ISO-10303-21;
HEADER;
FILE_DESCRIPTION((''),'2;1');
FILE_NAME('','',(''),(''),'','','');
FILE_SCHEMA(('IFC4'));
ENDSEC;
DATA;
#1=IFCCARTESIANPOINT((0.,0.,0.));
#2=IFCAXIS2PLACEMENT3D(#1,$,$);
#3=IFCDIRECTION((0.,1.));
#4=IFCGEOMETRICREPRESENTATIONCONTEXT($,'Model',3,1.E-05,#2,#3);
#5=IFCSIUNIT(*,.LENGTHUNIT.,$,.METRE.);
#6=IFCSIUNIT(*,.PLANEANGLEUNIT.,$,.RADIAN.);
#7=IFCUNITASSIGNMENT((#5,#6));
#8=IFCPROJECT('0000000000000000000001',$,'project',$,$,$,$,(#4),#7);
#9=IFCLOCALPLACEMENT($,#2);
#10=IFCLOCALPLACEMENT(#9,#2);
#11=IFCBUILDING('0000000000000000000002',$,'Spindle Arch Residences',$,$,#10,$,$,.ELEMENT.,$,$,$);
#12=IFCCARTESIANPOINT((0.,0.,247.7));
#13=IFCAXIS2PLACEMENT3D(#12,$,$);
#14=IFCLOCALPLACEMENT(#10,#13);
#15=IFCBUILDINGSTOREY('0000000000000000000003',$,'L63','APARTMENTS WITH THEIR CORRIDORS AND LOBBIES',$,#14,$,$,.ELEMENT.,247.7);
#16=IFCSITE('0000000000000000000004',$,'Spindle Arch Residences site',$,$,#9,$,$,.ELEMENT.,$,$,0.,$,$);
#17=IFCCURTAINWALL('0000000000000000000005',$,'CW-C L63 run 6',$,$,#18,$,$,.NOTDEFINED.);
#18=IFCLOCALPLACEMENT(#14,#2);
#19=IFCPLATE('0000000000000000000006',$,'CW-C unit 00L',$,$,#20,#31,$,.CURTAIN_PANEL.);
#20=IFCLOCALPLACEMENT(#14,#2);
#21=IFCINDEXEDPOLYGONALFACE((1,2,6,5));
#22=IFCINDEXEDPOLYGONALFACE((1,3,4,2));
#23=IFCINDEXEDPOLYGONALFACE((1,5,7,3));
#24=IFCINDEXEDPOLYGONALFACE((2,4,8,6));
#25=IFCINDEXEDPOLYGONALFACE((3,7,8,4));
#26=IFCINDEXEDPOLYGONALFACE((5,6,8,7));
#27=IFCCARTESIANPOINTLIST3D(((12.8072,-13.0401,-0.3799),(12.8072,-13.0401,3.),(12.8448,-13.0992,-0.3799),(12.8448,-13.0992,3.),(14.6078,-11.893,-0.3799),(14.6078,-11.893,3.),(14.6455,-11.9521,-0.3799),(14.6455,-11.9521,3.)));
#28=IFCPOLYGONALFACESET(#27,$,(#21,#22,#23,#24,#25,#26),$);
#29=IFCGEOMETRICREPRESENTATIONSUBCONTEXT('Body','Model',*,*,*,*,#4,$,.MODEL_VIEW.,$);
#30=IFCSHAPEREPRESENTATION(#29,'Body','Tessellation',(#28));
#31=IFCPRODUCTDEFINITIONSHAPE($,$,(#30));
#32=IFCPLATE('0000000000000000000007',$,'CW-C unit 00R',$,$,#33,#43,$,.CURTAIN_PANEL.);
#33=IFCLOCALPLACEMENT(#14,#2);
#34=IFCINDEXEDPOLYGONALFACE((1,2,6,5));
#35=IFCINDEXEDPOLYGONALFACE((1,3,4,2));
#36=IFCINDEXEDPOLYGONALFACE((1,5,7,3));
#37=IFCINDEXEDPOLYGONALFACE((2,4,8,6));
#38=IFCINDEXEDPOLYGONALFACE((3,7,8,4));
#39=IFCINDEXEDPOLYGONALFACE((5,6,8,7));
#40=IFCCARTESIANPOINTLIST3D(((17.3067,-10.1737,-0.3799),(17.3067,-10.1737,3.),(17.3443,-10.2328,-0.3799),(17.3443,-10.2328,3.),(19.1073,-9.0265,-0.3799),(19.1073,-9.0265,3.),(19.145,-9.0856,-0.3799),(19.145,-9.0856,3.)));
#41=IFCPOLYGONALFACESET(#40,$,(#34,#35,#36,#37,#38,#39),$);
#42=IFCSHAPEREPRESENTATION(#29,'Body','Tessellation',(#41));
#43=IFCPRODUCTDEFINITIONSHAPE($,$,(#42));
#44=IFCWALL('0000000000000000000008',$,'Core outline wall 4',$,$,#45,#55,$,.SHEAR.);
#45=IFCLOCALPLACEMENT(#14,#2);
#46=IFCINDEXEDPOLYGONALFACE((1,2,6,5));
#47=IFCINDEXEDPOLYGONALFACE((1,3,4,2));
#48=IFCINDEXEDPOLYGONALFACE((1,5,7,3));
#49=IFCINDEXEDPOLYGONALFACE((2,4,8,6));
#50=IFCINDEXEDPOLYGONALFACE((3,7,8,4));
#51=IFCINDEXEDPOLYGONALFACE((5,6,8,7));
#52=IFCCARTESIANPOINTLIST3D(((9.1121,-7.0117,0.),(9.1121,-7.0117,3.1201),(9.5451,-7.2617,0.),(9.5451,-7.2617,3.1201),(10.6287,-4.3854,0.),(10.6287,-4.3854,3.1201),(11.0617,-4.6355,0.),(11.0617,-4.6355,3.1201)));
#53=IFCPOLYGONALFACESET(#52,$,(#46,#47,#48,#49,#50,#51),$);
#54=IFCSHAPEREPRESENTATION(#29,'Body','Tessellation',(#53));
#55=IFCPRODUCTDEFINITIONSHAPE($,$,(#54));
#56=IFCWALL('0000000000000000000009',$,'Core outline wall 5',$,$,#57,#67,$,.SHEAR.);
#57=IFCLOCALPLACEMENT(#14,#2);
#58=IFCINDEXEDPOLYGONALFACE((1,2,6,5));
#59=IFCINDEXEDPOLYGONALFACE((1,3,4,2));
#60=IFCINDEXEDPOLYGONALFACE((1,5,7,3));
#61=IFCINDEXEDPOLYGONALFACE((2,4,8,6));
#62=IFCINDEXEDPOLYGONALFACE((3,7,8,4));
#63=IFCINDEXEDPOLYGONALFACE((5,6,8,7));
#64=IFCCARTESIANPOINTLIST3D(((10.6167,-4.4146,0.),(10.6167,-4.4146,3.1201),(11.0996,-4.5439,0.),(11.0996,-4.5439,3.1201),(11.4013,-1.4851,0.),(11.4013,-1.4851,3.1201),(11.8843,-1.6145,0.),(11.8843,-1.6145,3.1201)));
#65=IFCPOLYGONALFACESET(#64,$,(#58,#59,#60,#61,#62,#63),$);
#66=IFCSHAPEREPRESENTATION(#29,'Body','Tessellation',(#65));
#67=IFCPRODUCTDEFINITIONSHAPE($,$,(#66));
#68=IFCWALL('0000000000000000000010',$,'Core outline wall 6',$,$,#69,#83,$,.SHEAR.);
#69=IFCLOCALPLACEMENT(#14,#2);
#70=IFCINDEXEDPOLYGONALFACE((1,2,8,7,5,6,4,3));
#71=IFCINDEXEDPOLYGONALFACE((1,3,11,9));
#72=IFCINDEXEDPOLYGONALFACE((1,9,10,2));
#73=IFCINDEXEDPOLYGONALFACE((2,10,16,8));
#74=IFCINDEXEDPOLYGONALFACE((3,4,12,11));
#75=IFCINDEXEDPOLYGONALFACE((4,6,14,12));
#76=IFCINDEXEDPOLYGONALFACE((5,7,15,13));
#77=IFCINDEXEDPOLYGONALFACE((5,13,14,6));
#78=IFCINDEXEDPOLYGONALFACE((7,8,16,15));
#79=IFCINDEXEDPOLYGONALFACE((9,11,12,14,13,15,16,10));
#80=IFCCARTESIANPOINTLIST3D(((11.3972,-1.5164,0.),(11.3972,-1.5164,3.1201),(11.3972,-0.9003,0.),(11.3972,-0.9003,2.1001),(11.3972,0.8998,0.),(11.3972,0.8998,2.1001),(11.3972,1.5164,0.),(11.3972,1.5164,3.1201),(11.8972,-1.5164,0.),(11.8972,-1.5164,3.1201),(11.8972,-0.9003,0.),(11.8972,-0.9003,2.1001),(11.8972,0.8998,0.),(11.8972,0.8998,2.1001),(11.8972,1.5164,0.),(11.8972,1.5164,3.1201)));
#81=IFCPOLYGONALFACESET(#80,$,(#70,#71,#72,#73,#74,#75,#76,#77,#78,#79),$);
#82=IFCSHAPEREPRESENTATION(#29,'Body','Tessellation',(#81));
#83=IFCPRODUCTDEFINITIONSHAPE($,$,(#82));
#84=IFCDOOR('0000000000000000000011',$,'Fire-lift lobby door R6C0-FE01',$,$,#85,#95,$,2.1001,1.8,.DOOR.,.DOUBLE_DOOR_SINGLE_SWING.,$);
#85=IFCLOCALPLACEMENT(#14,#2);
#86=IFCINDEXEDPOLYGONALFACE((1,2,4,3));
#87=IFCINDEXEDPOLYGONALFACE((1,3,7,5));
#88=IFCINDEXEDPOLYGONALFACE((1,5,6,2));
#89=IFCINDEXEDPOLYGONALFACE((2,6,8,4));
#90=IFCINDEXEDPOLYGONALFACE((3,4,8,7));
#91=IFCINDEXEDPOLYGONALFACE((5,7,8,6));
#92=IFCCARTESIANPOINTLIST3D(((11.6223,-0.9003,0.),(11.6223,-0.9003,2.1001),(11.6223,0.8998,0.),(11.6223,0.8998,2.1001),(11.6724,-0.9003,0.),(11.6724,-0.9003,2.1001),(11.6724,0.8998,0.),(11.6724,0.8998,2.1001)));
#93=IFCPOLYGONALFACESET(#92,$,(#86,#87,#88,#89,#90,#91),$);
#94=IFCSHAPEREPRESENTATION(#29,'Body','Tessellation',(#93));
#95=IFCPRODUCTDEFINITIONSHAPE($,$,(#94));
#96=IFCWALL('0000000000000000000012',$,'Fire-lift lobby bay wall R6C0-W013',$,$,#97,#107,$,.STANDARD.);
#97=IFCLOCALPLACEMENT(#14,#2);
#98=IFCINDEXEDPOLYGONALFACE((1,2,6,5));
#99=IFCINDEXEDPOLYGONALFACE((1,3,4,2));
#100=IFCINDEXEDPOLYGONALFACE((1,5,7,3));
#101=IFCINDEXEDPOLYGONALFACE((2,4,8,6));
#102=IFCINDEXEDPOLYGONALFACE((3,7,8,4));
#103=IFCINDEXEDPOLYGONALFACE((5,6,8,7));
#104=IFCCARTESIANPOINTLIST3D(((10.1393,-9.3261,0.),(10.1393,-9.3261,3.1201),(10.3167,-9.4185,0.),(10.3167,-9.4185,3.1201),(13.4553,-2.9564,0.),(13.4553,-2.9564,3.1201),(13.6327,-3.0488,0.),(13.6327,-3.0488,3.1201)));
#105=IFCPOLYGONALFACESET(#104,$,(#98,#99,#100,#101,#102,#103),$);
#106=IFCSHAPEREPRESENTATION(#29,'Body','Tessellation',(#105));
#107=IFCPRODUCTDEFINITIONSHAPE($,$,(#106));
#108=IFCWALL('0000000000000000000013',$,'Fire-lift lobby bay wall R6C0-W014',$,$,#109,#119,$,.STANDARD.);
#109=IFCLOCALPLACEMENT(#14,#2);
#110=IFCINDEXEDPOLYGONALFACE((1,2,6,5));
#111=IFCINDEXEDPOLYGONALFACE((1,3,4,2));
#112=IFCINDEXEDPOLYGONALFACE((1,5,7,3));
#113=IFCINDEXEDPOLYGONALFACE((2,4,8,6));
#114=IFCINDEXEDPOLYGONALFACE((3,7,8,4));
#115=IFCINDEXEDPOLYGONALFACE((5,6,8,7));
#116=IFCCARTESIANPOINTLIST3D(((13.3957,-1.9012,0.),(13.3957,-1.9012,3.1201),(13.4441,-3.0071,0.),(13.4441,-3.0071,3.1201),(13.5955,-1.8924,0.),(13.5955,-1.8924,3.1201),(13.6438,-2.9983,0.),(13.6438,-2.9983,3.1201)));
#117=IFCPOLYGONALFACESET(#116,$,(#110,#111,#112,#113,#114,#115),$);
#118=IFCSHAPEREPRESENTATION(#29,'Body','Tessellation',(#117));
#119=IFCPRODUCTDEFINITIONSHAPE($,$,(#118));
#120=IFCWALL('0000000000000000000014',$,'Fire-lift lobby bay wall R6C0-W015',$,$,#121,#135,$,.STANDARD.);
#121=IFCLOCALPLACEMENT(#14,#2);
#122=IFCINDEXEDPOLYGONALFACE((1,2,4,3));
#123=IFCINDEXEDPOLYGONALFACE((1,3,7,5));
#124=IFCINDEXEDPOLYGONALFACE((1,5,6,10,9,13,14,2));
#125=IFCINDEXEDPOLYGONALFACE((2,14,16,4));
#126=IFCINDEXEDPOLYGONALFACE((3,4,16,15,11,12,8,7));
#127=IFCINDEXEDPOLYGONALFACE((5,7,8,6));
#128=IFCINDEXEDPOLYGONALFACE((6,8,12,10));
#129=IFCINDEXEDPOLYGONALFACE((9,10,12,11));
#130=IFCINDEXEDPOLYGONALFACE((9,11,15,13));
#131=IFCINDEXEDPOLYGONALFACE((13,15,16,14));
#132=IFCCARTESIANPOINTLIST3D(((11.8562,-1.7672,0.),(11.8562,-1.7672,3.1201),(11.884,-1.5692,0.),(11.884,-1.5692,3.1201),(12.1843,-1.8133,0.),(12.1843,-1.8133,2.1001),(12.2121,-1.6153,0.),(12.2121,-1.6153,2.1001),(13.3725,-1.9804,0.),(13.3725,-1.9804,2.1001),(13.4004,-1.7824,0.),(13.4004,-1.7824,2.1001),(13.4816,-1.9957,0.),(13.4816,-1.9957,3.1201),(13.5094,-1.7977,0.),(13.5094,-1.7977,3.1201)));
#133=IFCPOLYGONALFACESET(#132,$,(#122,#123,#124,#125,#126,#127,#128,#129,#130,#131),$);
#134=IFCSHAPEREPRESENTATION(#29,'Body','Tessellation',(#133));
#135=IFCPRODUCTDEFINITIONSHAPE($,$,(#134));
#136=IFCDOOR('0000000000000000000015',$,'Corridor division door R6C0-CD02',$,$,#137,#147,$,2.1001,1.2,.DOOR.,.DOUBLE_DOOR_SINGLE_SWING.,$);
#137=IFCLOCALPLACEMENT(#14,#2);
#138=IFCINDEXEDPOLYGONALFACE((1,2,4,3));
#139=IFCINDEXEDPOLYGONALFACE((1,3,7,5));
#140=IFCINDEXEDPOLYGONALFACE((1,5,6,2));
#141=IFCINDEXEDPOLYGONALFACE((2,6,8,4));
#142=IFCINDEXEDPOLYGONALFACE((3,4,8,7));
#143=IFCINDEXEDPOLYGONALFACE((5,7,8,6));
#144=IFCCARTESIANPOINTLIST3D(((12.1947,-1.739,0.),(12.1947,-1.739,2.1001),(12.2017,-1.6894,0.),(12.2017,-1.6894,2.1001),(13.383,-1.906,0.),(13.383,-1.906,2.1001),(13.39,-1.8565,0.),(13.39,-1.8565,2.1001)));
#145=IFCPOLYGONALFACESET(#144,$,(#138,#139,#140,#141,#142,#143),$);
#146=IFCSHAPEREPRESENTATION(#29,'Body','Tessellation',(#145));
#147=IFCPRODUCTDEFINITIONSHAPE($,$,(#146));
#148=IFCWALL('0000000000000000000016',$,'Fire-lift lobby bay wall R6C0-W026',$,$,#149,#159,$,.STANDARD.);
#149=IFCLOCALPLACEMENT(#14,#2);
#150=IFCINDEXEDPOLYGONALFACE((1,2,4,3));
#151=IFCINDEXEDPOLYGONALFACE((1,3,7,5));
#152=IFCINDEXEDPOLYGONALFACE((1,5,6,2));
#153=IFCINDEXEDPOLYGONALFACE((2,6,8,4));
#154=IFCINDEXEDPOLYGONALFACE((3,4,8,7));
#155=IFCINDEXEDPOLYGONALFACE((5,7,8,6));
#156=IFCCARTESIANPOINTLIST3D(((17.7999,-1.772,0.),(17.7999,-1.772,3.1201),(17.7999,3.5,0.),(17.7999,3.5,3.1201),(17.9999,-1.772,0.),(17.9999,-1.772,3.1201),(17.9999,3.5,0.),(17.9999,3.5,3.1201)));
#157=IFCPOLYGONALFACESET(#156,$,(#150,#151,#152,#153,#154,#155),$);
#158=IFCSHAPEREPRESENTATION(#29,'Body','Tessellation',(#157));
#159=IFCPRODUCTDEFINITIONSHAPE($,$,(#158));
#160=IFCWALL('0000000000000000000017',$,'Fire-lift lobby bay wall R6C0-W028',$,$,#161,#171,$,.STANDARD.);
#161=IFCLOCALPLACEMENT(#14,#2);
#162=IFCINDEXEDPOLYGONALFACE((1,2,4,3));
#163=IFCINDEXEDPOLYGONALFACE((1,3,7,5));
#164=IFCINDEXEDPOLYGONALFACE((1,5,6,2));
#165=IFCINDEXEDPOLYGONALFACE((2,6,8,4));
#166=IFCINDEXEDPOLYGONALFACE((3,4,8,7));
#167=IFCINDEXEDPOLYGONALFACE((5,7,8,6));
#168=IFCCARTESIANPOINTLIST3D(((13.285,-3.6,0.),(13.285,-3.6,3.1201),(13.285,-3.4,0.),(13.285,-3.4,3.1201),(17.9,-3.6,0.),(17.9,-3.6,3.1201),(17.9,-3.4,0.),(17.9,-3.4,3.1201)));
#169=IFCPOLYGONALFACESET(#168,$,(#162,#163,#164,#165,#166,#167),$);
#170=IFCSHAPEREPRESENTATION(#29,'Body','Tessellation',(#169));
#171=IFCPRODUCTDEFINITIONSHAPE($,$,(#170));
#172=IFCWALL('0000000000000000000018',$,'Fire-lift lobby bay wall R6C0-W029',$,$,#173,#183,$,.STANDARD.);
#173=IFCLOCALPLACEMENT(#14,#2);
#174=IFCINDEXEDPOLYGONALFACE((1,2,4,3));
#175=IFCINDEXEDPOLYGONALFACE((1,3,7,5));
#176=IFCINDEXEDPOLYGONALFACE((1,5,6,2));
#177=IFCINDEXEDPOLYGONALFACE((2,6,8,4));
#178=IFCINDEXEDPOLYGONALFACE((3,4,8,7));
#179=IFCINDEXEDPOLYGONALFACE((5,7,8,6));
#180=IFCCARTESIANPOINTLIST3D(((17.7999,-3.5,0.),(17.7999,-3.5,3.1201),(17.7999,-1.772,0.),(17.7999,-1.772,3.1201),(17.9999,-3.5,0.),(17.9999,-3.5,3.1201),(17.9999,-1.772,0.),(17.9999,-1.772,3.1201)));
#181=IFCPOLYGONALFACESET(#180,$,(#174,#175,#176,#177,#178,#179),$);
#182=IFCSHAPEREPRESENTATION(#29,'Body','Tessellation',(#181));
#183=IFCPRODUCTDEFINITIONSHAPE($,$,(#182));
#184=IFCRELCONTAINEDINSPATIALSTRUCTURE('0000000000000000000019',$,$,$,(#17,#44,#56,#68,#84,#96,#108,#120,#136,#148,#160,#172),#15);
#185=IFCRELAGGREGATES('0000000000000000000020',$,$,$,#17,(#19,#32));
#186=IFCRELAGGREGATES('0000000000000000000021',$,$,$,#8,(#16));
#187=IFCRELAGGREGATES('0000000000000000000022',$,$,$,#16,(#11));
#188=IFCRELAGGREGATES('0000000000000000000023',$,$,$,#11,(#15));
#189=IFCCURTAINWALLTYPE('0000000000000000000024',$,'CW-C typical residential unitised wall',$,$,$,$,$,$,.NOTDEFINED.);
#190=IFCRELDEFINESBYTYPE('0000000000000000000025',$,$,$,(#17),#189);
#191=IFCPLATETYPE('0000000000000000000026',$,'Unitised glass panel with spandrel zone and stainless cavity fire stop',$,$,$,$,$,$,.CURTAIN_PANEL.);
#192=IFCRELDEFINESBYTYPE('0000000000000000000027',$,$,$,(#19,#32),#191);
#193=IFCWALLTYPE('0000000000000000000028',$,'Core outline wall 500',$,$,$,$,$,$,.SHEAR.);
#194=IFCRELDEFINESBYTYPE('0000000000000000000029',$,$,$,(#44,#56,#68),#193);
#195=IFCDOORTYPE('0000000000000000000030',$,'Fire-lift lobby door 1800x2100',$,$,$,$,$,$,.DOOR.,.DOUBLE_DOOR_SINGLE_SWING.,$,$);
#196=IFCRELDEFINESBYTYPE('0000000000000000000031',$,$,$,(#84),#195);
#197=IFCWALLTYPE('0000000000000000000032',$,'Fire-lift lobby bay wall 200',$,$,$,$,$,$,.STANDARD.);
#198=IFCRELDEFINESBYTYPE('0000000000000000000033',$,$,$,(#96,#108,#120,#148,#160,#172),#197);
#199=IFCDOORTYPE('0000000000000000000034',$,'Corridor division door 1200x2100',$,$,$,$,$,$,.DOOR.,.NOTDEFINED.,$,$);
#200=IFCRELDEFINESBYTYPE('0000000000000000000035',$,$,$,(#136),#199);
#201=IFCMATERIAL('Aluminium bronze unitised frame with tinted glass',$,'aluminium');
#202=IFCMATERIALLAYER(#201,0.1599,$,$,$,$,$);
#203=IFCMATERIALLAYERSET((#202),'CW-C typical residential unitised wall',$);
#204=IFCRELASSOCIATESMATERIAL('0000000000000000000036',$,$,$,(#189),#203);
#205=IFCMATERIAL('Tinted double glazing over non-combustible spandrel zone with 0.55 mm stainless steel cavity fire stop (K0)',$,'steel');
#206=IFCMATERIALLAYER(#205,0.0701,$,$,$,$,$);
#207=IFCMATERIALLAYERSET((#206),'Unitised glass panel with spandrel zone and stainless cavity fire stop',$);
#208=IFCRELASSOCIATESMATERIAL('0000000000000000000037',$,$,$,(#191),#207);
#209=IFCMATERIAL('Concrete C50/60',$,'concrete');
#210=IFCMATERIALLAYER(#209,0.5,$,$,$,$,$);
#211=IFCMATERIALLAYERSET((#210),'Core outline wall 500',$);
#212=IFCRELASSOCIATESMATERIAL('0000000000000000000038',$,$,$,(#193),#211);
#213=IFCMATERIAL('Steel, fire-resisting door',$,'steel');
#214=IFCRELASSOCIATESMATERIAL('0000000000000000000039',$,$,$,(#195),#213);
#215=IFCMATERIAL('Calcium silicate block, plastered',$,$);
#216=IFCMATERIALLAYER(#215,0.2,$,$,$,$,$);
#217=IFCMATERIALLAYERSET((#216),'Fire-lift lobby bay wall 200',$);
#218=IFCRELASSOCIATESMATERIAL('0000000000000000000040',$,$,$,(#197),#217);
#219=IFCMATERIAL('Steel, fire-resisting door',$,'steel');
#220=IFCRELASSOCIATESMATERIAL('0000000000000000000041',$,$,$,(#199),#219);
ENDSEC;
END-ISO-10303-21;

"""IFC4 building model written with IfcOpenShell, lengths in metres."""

from ifc_helpers import new_model, si_unit, direction, frame, frame_2d, origin, origin_2d, place, context, subcontext, project, spatial, rectangle, extrude, material, layer, layer_set, type_object, element, fill, aggregate, save


model = new_model("IFC4")

# Units and contexts
model_context = context("Model", 3, precision=1e-05, world=origin(), true_north=direction((0.0, 1.0)))
body_context = subcontext(model_context, "Body", "Model", "MODEL_VIEW")
ifc_project = project(units=[si_unit("LENGTHUNIT", "METRE"), si_unit("PLANEANGLEUNIT", "RADIAN")], contexts=[model_context])

# Site, building, storey
site_placement = place(None, origin())
site = spatial("IfcSite", under=ifc_project, at=site_placement, Name="Spindle Arch Residences site", CompositionType="ELEMENT", RefElevation=0.0)
building_placement = place(site_placement, origin())
building = spatial("IfcBuilding", under=site, at=building_placement, Name="Spindle Arch Residences", CompositionType="ELEMENT")
storey_placement = place(building_placement, frame((0.0, 0.0, 247.7)))
storey = spatial("IfcBuildingStorey", under=building, at=storey_placement, Name="L63", Description="APARTMENTS WITH THEIR CORRIDORS AND LOBBIES", CompositionType="ELEMENT", Elevation=247.7)

# Curtain wall
ifc_material_1 = material(Name="Aluminium bronze unitised frame with tinted glass", Category="aluminium")
ifc_layer_1 = layer(ifc_material_1, 0.1599)
ifc_layer_set_1 = layer_set([ifc_layer_1], Name="CW-C typical residential unitised wall")
curtain_wall_type = type_object("IfcCurtainWallType", Name="CW-C typical residential unitised wall", PredefinedType="NOTDEFINED", material=ifc_layer_set_1)
curtain_wall_placement = place(storey_placement, origin())
curtain_wall = element("IfcCurtainWall", 1, at=curtain_wall_placement, inside=storey, type_object=curtain_wall_type, Name="CW-C L63 run 6", PredefinedType="NOTDEFINED")

# Plates
ifc_material_2 = material(Name="Tinted double glazing over non-combustible spandrel zone with 0.55 mm stainless steel cavity fire stop (K0)", Category="steel")
ifc_layer_2 = layer(ifc_material_2, 0.0701)
ifc_layer_set_2 = layer_set([ifc_layer_2], Name="Unitised glass panel with spandrel zone and stainless cavity fire stop")
plate_type = type_object("IfcPlateType", Name="Unitised glass panel with spandrel zone and stainless cavity fire stop", PredefinedType="CURTAIN_PANEL", material=ifc_layer_set_2)
plate_1_placement = place(storey_placement, frame((13.7263, -12.4961, -0.3799), z_axis=(0.0, 0.0, 1.0), x_axis=(0.843391, 0.5373, 0.0)))
plate_1 = element("IfcPlate", 2, at=plate_1_placement, type_object=plate_type, Name="CW-C unit 00L", PredefinedType="CURTAIN_PANEL", context=body_context, shape_type="SweptSolid", body=[
    extrude(rectangle(XDim=2.135, YDim=0.0701, at=origin_2d()), origin(), (0.0, 0.0, 1.0), 3.3799),
])
plate_2_placement = place(storey_placement, frame((18.2258, -9.6296, -0.3799), z_axis=(0.0, 0.0, 1.0), x_axis=(0.843391, 0.5373, 0.0)))
plate_2 = element("IfcPlate", 3, at=plate_2_placement, type_object=plate_type, Name="CW-C unit 00R", PredefinedType="CURTAIN_PANEL", context=body_context, shape_type="SweptSolid", body=[
    extrude(rectangle(XDim=2.135, YDim=0.0701, at=origin_2d()), origin(), (0.0, 0.0, 1.0), 3.3799),
])
aggregate(curtain_wall, [plate_1, plate_2])

# Walls
ifc_material_3 = material(Name="Concrete C50/60", Category="concrete")
ifc_layer_3 = layer(ifc_material_3, 0.5)
ifc_layer_set_3 = layer_set([ifc_layer_3], Name="Core outline wall 500")
wall_type_1 = type_object("IfcWallType", Name="Core outline wall 500", PredefinedType="SHEAR", material=ifc_layer_set_3)
for number, where, z_axis, x_axis, name in (
    (4, (9.3286, -7.1367, 0.0), (0.0, 0.0, 1.0), (0.500087, 0.865975, 0.0), "Core outline wall 4"),
    (5, (10.8582, -4.4792, 0.0), (0.0, 0.0, 1.0), (0.258735, 0.965948, 0.0), "Core outline wall 5"),
):
    element("IfcWall", number, at=place(storey_placement, frame(where, z_axis=z_axis, x_axis=x_axis)), inside=storey, type_object=wall_type_1, Name=name, PredefinedType="SHEAR", context=body_context, shape_type="SweptSolid", body=[
        extrude(rectangle(XDim=3.0327, YDim=0.5, at=frame_2d((1.5164, 0.0))), origin(), (0.0, 0.0, 1.0), 3.1201),
    ])

# Wall, opening, door
wall_1_placement = place(storey_placement, frame((11.6472, -1.5164, 0.0), z_axis=(0.0, 0.0, 1.0), x_axis=(0.0, 1.0, 0.0)))
wall_1 = element("IfcWall", 6, at=wall_1_placement, inside=storey, type_object=wall_type_1, Name="Core outline wall 6", PredefinedType="SHEAR", context=body_context, shape_type="SweptSolid", body=[
    extrude(rectangle(XDim=3.0327, YDim=0.5, at=frame_2d((1.5164, 0.0))), origin(), (0.0, 0.0, 1.0), 3.1201),
])
opening_1_placement = place(wall_1_placement, frame((0.6162, 0.0, 0.0)))
opening_1 = element("IfcOpeningElement", 7, at=opening_1_placement, cuts=wall_1, PredefinedType="OPENING", context=body_context, shape_type="SweptSolid", body=[
    extrude(rectangle(XDim=1.8, YDim=2.1001, at=frame_2d((0.8999, 1.05))), frame((0.0, 0.26, 0.0), z_axis=(0.0, -1.0, 0.0), x_axis=(1.0, 0.0, 0.0)), (0.0, 0.0, 1.0), 0.52),
])
ifc_material_4 = material(Name="Steel, fire-resisting door", Category="steel")
door_type_1 = type_object("IfcDoorType", Name="Fire-lift lobby door 1800x2100", OperationType="DOUBLE_DOOR_SINGLE_SWING", PredefinedType="DOOR", material=ifc_material_4)
door_1_placement = place(opening_1_placement, origin())
door_1 = element("IfcDoor", 8, at=door_1_placement, inside=storey, type_object=door_type_1, Name="Fire-lift lobby door R6C0-FE01", OperationType="DOUBLE_DOOR_SINGLE_SWING", OverallHeight=2.1001, OverallWidth=1.8, PredefinedType="DOOR", context=body_context, shape_type="SweptSolid", body=[
    extrude(rectangle(XDim=1.8, YDim=2.1001, at=frame_2d((0.8999, 1.05))), frame((0.0, 0.0249, 0.0), z_axis=(0.0, -1.0, 0.0), x_axis=(1.0, 0.0, 0.0)), (0.0, 0.0, 1.0), 0.05),
])
fill(opening_1, door_1)

# Walls
ifc_material_5 = material(Name="Calcium silicate block, plastered")
ifc_layer_4 = layer(ifc_material_5, 0.2)
ifc_layer_set_4 = layer_set([ifc_layer_4], Name="Fire-lift lobby bay wall 200")
wall_type_2 = type_object("IfcWallType", Name="Fire-lift lobby bay wall 200", PredefinedType="STANDARD", material=ifc_layer_set_4)
wall_2_placement = place(storey_placement, frame((10.228, -9.3723, 0.0), z_axis=(0.0, 0.0, 1.0), x_axis=(0.461759, 0.887005, 0.0)))
element("IfcWall", 9, at=wall_2_placement, inside=storey, type_object=wall_type_2, Name="Fire-lift lobby bay wall R6C0-W013", PredefinedType="STANDARD", context=body_context, shape_type="SweptSolid", body=[
    extrude(rectangle(XDim=7.1812, YDim=0.2, at=frame_2d((3.5906, 0.0))), origin(), (0.0, 0.0, 1.0), 3.1201),
])
wall_3_placement = place(storey_placement, frame((13.5439, -3.0027, 0.0), z_axis=(0.0, 0.0, 1.0), x_axis=(-0.043667, 0.999046, 0.0)))
element("IfcWall", 10, at=wall_3_placement, inside=storey, type_object=wall_type_2, Name="Fire-lift lobby bay wall R6C0-W014", PredefinedType="STANDARD", context=body_context, shape_type="SweptSolid", body=[
    extrude(rectangle(XDim=1.1069, YDim=0.2, at=frame_2d((0.5535, 0.0))), origin(), (0.0, 0.0, 1.0), 3.1201),
])

# Wall, opening, door
wall_4_placement = place(storey_placement, frame((13.4956, -1.8967, 0.0), z_axis=(0.0, 0.0, 1.0), x_axis=(-0.990262, 0.139214, 0.0)))
wall_4 = element("IfcWall", 11, at=wall_4_placement, inside=storey, type_object=wall_type_2, Name="Fire-lift lobby bay wall R6C0-W015", PredefinedType="STANDARD", context=body_context, shape_type="SweptSolid", body=[
    extrude(rectangle(XDim=1.6414, YDim=0.2, at=frame_2d((0.8208, 0.0))), origin(), (0.0, 0.0, 1.0), 3.1201),
])
opening_2_placement = place(wall_4_placement, frame((0.1101, 0.0, 0.0)))
opening_2 = element("IfcOpeningElement", 12, at=opening_2_placement, cuts=wall_4, PredefinedType="OPENING", context=body_context, shape_type="SweptSolid", body=[
    extrude(rectangle(XDim=1.2, YDim=2.1001, at=frame_2d((0.6001, 1.05))), frame((0.0, 0.1099, 0.0), z_axis=(0.0, -1.0, 0.0), x_axis=(1.0, 0.0, 0.0)), (0.0, 0.0, 1.0), 0.22),
])
ifc_material_6 = material(Name="Steel, fire-resisting door", Category="steel")
door_type_2 = type_object("IfcDoorType", Name="Corridor division door 1200x2100", OperationType="NOTDEFINED", PredefinedType="DOOR", material=ifc_material_6)
door_2_placement = place(opening_2_placement, origin())
door_2 = element("IfcDoor", 13, at=door_2_placement, inside=storey, type_object=door_type_2, Name="Corridor division door R6C0-CD02", OperationType="DOUBLE_DOOR_SINGLE_SWING", OverallHeight=2.1001, OverallWidth=1.2, PredefinedType="DOOR", context=body_context, shape_type="SweptSolid", body=[
    extrude(rectangle(XDim=1.2, YDim=2.1001, at=frame_2d((0.6001, 1.05))), frame((0.0, 0.0249, 0.0), z_axis=(0.0, -1.0, 0.0), x_axis=(1.0, 0.0, 0.0)), (0.0, 0.0, 1.0), 0.05),
])
fill(opening_2, door_2)

# Walls
wall_5_placement = place(storey_placement, frame((17.8999, -1.772, 0.0), z_axis=(0.0, 0.0, 1.0), x_axis=(0.0, 1.0, 0.0)))
element("IfcWall", 14, at=wall_5_placement, inside=storey, type_object=wall_type_2, Name="Fire-lift lobby bay wall R6C0-W026", PredefinedType="STANDARD", context=body_context, shape_type="SweptSolid", body=[
    extrude(rectangle(XDim=5.272, YDim=0.2, at=frame_2d((2.636, 0.0))), origin(), (0.0, 0.0, 1.0), 3.1201),
])
wall_6_placement = place(storey_placement, frame((13.2849, -3.5, 0.0), z_axis=(0.0, 0.0, 1.0), x_axis=(1.0, 0.0, 0.0)))
element("IfcWall", 15, at=wall_6_placement, inside=storey, type_object=wall_type_2, Name="Fire-lift lobby bay wall R6C0-W028", PredefinedType="STANDARD", context=body_context, shape_type="SweptSolid", body=[
    extrude(rectangle(XDim=4.615, YDim=0.2, at=frame_2d((2.3076, 0.0))), origin(), (0.0, 0.0, 1.0), 3.1201),
])
wall_7_placement = place(storey_placement, frame((17.8999, -3.5, 0.0), z_axis=(0.0, 0.0, 1.0), x_axis=(0.0, 1.0, 0.0)))
element("IfcWall", 16, at=wall_7_placement, inside=storey, type_object=wall_type_2, Name="Fire-lift lobby bay wall R6C0-W029", PredefinedType="STANDARD", context=body_context, shape_type="SweptSolid", body=[
    extrude(rectangle(XDim=1.728, YDim=0.2, at=frame_2d((0.864, 0.0))), origin(), (0.0, 0.0, 1.0), 3.1201),
])

save(model, "model.ifc")
